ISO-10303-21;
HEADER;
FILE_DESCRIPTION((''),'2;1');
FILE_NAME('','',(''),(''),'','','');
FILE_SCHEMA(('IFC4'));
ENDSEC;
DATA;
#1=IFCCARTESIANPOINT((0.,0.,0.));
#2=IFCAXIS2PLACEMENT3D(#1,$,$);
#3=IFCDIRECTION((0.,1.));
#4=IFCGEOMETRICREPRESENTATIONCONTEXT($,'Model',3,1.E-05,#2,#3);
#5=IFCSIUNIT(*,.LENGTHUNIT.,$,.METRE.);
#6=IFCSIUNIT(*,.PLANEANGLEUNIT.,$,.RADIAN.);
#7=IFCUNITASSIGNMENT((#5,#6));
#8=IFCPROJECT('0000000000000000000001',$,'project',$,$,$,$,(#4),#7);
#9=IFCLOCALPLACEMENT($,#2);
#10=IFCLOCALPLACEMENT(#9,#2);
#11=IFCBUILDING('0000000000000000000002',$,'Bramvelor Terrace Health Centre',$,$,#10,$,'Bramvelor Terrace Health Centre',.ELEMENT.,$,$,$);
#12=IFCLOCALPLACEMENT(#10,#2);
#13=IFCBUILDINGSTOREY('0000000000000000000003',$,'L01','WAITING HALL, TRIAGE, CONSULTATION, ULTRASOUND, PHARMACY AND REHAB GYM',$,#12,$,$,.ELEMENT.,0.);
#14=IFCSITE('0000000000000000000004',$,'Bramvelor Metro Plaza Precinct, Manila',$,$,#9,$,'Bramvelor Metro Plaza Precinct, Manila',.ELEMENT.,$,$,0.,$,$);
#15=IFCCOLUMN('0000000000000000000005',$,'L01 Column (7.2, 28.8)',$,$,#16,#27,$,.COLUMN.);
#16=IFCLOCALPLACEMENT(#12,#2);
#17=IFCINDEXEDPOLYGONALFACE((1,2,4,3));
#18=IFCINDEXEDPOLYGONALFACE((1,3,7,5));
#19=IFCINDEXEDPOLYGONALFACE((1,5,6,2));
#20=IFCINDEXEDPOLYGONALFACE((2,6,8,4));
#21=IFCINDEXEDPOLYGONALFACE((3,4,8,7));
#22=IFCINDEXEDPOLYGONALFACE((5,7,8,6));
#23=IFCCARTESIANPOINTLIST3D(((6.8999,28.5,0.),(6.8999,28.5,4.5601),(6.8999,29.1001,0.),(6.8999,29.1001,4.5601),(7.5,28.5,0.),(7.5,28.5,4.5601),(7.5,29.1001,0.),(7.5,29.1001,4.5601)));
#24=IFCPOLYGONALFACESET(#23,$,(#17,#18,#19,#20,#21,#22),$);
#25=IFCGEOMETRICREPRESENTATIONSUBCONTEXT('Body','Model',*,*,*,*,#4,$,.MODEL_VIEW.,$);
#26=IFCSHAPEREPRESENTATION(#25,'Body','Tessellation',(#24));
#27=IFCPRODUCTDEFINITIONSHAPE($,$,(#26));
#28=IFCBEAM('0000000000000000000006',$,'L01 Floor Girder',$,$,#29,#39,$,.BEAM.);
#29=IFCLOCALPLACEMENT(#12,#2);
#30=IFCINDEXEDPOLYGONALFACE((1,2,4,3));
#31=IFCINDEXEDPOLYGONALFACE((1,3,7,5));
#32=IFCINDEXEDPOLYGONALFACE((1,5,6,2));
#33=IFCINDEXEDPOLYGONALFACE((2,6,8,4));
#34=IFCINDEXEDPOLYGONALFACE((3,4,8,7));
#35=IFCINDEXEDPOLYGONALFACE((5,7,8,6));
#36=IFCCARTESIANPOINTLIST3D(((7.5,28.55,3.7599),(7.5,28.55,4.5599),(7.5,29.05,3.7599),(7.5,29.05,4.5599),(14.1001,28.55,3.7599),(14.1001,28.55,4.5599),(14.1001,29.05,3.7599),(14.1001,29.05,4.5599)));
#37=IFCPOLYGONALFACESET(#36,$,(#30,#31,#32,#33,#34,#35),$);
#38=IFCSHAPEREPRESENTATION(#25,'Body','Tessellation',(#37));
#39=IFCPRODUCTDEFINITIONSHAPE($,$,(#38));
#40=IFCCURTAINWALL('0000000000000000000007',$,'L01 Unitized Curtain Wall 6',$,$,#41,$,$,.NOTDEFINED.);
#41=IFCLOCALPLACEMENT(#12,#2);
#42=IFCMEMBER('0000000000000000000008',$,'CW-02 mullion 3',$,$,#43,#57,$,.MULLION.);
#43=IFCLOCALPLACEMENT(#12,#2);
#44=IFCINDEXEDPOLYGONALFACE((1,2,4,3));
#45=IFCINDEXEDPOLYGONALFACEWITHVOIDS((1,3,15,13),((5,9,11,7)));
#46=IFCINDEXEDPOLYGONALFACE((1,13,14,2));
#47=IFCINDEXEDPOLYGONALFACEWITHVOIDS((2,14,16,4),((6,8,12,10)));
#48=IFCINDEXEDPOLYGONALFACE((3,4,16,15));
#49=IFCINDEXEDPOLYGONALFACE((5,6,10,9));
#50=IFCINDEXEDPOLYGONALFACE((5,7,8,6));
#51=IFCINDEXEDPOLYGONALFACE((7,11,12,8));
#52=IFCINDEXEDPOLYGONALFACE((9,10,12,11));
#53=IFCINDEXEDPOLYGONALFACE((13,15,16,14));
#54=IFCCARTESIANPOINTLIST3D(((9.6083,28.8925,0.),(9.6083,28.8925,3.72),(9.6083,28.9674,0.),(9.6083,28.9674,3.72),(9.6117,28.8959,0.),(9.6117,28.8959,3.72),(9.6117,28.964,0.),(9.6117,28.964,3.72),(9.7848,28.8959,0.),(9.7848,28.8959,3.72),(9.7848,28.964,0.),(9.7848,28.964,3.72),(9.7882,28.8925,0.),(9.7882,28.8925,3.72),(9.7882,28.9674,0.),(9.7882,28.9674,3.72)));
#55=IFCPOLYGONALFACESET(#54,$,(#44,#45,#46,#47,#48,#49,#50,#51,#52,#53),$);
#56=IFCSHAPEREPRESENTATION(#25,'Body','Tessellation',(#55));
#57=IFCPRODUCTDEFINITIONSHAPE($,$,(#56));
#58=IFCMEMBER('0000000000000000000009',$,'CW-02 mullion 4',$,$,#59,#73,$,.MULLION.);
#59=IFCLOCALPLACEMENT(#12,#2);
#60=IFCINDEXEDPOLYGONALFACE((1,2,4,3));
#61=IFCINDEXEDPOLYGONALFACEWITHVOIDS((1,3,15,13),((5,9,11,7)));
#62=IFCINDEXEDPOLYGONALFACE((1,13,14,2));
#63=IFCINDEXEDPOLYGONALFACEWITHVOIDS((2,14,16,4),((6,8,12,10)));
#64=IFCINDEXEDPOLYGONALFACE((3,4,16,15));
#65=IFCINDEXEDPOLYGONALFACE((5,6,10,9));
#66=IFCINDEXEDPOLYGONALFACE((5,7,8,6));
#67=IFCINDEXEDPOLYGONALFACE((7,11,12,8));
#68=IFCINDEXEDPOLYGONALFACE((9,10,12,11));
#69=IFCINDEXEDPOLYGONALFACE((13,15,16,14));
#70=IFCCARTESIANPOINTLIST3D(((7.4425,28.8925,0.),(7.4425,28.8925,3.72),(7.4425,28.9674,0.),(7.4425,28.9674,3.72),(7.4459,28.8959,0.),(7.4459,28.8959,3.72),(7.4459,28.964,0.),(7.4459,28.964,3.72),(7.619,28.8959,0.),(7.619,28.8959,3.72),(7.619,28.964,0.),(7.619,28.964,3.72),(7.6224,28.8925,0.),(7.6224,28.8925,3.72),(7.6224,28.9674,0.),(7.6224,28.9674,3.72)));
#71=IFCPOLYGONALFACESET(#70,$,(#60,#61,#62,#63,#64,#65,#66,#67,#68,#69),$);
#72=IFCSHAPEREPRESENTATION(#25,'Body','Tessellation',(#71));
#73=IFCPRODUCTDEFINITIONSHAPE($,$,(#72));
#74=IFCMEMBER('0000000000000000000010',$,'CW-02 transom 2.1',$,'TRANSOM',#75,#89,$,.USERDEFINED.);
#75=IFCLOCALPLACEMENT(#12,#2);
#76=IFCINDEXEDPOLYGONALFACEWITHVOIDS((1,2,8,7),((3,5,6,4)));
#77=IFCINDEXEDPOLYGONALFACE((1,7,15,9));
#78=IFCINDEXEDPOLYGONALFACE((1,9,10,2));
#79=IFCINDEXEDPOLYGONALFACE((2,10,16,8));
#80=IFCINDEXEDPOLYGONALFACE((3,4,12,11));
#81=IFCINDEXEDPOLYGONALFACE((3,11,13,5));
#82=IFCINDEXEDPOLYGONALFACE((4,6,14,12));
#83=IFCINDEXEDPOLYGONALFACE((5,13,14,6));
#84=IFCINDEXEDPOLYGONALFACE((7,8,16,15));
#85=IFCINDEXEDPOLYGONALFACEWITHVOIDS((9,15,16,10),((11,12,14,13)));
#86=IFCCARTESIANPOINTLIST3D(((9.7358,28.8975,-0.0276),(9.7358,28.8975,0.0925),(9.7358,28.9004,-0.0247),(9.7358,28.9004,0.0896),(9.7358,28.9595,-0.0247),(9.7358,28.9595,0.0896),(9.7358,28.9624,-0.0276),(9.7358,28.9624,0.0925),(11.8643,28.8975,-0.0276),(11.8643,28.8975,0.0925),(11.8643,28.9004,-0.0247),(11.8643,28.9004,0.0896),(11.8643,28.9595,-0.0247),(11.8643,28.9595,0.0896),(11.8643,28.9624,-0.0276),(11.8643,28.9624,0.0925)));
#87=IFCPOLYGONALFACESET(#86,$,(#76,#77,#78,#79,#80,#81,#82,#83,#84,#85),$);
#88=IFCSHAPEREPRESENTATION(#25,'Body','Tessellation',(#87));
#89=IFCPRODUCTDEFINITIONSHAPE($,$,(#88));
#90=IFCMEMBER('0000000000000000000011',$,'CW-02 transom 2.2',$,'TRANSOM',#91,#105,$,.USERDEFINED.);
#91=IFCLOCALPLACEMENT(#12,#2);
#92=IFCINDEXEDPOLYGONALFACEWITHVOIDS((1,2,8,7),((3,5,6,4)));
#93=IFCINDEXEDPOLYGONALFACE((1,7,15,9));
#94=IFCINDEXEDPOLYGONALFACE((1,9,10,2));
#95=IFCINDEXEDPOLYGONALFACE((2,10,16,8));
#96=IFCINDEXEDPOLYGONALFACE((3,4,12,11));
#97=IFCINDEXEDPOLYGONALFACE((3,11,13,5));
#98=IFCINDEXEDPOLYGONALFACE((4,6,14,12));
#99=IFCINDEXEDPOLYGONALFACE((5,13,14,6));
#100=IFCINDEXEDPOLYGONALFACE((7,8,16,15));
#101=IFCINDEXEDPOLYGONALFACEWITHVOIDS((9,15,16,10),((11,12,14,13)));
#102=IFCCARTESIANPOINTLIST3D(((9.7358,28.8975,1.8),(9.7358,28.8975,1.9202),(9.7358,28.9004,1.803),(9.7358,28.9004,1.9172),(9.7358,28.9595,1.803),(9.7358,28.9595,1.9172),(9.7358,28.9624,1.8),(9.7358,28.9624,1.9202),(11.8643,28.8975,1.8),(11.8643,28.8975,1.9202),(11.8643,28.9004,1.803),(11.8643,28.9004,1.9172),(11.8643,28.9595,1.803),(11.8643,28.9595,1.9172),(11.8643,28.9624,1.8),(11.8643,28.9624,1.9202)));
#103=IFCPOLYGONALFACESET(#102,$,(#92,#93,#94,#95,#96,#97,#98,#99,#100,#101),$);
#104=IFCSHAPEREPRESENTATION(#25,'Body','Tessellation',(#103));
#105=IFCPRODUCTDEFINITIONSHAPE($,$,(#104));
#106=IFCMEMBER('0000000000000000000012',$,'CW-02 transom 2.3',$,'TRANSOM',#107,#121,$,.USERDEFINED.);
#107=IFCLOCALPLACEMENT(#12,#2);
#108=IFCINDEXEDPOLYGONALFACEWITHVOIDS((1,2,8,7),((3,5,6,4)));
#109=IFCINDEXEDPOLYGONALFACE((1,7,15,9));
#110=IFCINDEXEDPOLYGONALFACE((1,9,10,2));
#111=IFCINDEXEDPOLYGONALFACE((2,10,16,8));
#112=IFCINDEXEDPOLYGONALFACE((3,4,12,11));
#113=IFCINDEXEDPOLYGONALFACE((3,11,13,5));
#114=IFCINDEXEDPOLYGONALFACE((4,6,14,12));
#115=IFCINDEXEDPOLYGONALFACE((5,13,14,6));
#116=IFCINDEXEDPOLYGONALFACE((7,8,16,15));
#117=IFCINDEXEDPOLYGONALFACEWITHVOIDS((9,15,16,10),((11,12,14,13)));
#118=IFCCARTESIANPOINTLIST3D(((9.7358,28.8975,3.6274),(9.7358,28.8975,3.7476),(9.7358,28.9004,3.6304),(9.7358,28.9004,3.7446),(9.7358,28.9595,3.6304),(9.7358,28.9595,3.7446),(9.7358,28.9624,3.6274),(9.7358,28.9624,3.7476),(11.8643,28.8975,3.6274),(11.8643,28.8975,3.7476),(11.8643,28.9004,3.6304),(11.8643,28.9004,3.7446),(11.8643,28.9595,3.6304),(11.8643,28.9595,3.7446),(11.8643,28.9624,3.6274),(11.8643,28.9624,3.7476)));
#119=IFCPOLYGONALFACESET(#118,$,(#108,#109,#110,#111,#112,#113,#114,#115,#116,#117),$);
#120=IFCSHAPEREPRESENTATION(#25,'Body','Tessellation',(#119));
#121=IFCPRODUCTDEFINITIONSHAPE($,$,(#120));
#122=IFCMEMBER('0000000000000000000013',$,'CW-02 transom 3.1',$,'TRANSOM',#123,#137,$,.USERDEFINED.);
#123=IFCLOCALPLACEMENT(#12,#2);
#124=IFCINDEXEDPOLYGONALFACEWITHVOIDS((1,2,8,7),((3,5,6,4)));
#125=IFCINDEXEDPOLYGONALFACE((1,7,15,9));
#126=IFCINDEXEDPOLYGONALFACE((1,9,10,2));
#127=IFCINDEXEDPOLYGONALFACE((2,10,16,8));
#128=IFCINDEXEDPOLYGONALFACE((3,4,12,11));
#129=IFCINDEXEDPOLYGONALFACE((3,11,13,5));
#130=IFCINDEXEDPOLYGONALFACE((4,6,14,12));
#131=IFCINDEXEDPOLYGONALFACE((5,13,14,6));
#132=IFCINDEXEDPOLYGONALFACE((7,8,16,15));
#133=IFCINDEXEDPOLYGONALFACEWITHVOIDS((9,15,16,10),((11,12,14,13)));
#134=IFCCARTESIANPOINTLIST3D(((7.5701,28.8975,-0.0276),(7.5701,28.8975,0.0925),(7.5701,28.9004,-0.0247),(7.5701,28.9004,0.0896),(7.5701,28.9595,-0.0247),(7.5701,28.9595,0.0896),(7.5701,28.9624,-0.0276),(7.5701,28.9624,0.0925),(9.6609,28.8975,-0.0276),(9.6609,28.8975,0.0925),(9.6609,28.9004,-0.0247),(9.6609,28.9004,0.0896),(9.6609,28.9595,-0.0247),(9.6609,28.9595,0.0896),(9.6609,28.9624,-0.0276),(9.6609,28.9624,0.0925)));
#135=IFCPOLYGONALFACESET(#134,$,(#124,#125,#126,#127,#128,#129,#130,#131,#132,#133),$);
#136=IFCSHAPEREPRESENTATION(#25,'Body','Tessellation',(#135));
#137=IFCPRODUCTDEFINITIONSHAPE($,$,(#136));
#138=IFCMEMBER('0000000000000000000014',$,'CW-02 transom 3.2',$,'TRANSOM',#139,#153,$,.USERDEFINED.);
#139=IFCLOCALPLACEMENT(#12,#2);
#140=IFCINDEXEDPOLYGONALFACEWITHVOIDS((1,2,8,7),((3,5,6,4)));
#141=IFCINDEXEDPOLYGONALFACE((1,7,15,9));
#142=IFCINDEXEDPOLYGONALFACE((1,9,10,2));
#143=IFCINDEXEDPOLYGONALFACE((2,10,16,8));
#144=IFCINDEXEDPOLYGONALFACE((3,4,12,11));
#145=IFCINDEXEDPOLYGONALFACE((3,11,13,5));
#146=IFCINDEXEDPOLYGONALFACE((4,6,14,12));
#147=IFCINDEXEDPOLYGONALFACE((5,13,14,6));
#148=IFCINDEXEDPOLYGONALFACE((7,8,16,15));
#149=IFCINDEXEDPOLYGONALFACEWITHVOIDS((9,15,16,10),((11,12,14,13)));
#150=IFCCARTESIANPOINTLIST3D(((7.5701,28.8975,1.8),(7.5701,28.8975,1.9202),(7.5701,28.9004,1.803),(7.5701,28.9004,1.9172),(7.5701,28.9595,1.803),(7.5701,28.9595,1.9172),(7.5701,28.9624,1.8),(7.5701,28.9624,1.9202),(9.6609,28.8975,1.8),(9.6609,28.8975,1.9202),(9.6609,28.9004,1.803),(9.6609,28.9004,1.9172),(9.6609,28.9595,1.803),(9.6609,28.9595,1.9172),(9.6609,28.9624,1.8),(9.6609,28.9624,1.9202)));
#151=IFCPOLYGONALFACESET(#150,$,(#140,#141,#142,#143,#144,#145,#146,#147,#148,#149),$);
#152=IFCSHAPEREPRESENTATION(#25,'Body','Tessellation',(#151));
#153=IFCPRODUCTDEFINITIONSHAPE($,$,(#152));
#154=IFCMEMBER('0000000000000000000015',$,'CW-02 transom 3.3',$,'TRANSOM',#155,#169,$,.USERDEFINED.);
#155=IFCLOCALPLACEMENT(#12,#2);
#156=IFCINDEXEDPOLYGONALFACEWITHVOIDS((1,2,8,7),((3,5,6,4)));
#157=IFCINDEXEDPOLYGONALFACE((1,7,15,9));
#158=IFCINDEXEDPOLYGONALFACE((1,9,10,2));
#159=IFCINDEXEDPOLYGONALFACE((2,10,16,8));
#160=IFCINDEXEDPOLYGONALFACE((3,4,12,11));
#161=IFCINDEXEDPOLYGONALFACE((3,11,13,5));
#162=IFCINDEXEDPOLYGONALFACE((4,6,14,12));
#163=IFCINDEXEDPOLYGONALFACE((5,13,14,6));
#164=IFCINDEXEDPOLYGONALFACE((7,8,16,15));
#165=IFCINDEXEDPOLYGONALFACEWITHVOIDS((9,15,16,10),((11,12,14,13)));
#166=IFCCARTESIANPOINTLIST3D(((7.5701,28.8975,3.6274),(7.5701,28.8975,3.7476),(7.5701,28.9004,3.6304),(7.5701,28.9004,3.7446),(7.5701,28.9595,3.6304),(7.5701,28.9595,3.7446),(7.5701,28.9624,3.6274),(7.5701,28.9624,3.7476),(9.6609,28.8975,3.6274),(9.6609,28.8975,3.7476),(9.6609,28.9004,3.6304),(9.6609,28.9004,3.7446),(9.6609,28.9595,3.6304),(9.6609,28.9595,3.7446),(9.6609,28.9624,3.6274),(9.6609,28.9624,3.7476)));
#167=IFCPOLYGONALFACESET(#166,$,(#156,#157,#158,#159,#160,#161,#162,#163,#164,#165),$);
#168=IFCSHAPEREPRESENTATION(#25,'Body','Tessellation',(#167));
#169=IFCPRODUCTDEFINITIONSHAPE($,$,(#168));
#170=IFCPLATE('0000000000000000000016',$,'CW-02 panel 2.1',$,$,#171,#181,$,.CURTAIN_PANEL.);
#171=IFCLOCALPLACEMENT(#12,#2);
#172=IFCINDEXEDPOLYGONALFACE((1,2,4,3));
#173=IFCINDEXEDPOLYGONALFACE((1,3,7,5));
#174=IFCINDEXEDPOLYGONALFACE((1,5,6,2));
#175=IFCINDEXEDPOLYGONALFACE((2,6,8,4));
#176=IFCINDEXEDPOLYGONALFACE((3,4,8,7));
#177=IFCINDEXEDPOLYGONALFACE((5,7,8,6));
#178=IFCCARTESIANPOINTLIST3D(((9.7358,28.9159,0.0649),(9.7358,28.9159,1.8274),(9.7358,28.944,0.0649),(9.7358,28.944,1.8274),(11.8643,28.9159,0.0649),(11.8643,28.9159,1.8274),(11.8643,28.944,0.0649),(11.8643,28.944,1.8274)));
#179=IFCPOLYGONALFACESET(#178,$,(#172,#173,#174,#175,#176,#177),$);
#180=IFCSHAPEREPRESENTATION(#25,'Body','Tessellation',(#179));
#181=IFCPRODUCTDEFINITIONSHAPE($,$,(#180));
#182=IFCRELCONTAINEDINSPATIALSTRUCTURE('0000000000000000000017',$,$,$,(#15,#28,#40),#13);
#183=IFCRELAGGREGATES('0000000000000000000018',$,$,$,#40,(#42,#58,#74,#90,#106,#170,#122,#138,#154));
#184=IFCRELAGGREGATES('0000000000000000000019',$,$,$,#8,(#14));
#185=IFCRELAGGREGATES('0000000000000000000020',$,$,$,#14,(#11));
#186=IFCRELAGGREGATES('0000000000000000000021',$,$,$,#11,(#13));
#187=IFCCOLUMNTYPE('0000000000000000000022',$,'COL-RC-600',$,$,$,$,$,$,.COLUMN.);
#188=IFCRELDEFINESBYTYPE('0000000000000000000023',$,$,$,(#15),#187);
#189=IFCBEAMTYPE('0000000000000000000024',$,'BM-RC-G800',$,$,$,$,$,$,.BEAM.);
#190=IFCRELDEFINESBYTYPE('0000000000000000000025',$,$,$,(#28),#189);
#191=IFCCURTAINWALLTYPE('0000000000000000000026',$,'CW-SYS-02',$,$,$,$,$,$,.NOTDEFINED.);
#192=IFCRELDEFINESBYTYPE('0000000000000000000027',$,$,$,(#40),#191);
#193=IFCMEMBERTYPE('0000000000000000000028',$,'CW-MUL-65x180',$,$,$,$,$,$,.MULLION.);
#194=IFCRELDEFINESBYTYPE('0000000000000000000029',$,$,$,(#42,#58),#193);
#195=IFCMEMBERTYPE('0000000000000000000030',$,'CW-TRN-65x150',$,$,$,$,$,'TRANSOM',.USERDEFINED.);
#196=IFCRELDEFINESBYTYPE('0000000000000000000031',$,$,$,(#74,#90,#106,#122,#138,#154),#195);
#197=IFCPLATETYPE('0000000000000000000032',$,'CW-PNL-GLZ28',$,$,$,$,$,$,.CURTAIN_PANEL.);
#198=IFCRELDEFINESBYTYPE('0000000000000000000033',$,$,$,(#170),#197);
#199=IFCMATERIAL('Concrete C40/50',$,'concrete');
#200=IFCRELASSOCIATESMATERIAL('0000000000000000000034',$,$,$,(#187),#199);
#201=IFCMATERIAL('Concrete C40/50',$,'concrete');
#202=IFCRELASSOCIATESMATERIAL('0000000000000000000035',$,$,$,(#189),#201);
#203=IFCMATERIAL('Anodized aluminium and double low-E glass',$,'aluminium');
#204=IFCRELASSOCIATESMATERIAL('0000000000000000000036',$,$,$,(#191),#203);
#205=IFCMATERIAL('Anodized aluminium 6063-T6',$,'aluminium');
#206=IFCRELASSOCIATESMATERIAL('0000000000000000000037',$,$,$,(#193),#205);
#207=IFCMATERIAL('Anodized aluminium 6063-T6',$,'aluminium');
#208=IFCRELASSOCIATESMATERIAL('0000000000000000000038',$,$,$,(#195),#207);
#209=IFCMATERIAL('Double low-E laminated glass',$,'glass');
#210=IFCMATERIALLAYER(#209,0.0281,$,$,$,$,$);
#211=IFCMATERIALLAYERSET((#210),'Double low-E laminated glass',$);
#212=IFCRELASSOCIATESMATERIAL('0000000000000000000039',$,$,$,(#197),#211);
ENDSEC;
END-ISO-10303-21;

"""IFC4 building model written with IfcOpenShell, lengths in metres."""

from ifc_helpers import new_model, si_unit, direction, frame, origin, origin_2d, place, context, subcontext, project, spatial, rectangle, hollow_rectangle, extrude, material, layer, layer_set, material_profile, profile_set, type_object, element, aggregate, save


model = new_model("IFC4")

# Units and contexts
model_context = context("Model", 3, precision=1e-05, world=origin(), true_north=direction((0.0, 1.0)))
body_context = subcontext(model_context, "Body", "Model", "MODEL_VIEW")
ifc_project = project(units=[si_unit("LENGTHUNIT", "METRE"), si_unit("PLANEANGLEUNIT", "RADIAN")], contexts=[model_context])

# Site, building, storey
site_placement = place(None, origin())
site = spatial("IfcSite", under=ifc_project, at=site_placement, Name="Bramvelor Metro Plaza Precinct, Manila", LongName="Bramvelor Metro Plaza Precinct, Manila", CompositionType="ELEMENT", RefElevation=0.0)
building_placement = place(site_placement, origin())
building = spatial("IfcBuilding", under=site, at=building_placement, Name="Bramvelor Terrace Health Centre", LongName="Bramvelor Terrace Health Centre", CompositionType="ELEMENT")
storey_placement = place(building_placement, origin())
storey = spatial("IfcBuildingStorey", under=building, at=storey_placement, Name="L01", Description="WAITING HALL, TRIAGE, CONSULTATION, ULTRASOUND, PHARMACY AND REHAB GYM", CompositionType="ELEMENT", Elevation=0.0)

# Column
ifc_material_1 = material(Name="Concrete C40/50", Category="concrete")
ifc_material_profile_1 = material_profile(ifc_material_1, rectangle(XDim=0.6001, YDim=0.6001, at=origin_2d()), Name="RC 600x600")
ifc_profile_set_1 = profile_set([ifc_material_profile_1], Name="Concrete C40/50")
column_type = type_object("IfcColumnType", Name="COL-RC-600", PredefinedType="COLUMN", material=ifc_profile_set_1)
column_placement = place(storey_placement, frame((7.2, 28.8, 0.0), z_axis=(0.0, 0.0, 1.0), x_axis=(1.0, 0.0, 0.0)))
element("IfcColumn", 1, at=column_placement, inside=storey, type_object=column_type, Name="L01 Column (7.2, 28.8)", PredefinedType="COLUMN", context=body_context, shape_type="SweptSolid", body=[
    extrude(rectangle(XDim=0.6001, YDim=0.6001, at=origin_2d()), origin(), (0.0, 0.0, 1.0), 4.5601),
])

# Beam
ifc_material_2 = material(Name="Concrete C40/50", Category="concrete")
ifc_material_profile_2 = material_profile(ifc_material_2, rectangle(XDim=0.5, YDim=0.8, at=origin_2d()), Name="RC 500x800")
ifc_profile_set_2 = profile_set([ifc_material_profile_2], Name="Concrete C40/50")
beam_type = type_object("IfcBeamType", Name="BM-RC-G800", PredefinedType="BEAM", material=ifc_profile_set_2)
beam_placement = place(storey_placement, frame((7.5, 28.8, 4.1599), z_axis=(1.0, 0.0, 0.0), x_axis=(0.0, 1.0, 0.0)))
element("IfcBeam", 2, at=beam_placement, inside=storey, type_object=beam_type, Name="L01 Floor Girder", PredefinedType="BEAM", context=body_context, shape_type="SweptSolid", body=[
    extrude(rectangle(XDim=0.5, YDim=0.8, at=origin_2d()), origin(), (0.0, 0.0, 1.0), 6.6001),
])

# Curtain wall, members, plate
ifc_material_3 = material(Name="Anodized aluminium and double low-E glass", Category="aluminium")
curtain_wall_type = type_object("IfcCurtainWallType", Name="CW-SYS-02", PredefinedType="NOTDEFINED", material=ifc_material_3)
curtain_wall_placement = place(storey_placement, origin())
curtain_wall = element("IfcCurtainWall", 3, at=curtain_wall_placement, inside=storey, type_object=curtain_wall_type, Name="L01 Unitized Curtain Wall 6", PredefinedType="NOTDEFINED")
ifc_material_4 = material(Name="Anodized aluminium 6063-T6", Category="aluminium")
ifc_material_profile_3 = material_profile(ifc_material_4, hollow_rectangle(XDim=0.075, YDim=0.1799, WallThickness=0.0034, at=origin_2d()), Name="ALU-MUL 75x180x3.5")
ifc_profile_set_3 = profile_set([ifc_material_profile_3], Name="Anodized aluminium 6063-T6")
member_type_1 = type_object("IfcMemberType", Name="CW-MUL-65x180", PredefinedType="MULLION", material=ifc_profile_set_3)
member_1_placement = place(storey_placement, frame((9.6982, 28.9299, 0.0), z_axis=(0.0, 0.0, 1.0), x_axis=(0.0, -1.0, 0.0)))
member_1 = element("IfcMember", 4, at=member_1_placement, type_object=member_type_1, Name="CW-02 mullion 3", PredefinedType="MULLION", context=body_context, shape_type="SweptSolid", body=[
    extrude(hollow_rectangle(XDim=0.075, YDim=0.1799, WallThickness=0.0034, at=origin_2d()), origin(), (0.0, 0.0, 1.0), 3.72),
])
member_2_placement = place(storey_placement, frame((7.5325, 28.9299, 0.0), z_axis=(0.0, 0.0, 1.0), x_axis=(0.0, -1.0, 0.0)))
member_2 = element("IfcMember", 5, at=member_2_placement, type_object=member_type_1, Name="CW-02 mullion 4", PredefinedType="MULLION", context=body_context, shape_type="SweptSolid", body=[
    extrude(hollow_rectangle(XDim=0.075, YDim=0.1799, WallThickness=0.0034, at=origin_2d()), origin(), (0.0, 0.0, 1.0), 3.72),
])
ifc_material_5 = material(Name="Anodized aluminium 6063-T6", Category="aluminium")
ifc_material_profile_4 = material_profile(ifc_material_5, hollow_rectangle(XDim=0.0649, YDim=0.1201, WallThickness=0.0029, at=origin_2d()), Name="ALU-TRN 65x120x3.0")
ifc_profile_set_4 = profile_set([ifc_material_profile_4], Name="Anodized aluminium 6063-T6")
member_type_2 = type_object("IfcMemberType", Name="CW-TRN-65x150", ElementType="TRANSOM", PredefinedType="USERDEFINED", material=ifc_profile_set_4)
member_3_placement = place(storey_placement, frame((11.8643, 28.9299, 0.0325), z_axis=(-1.0, 0.0, 0.0), x_axis=(0.0, -1.0, 0.0)))
member_3 = element("IfcMember", 6, at=member_3_placement, type_object=member_type_2, Name="CW-02 transom 2.1", ObjectType="TRANSOM", PredefinedType="USERDEFINED", context=body_context, shape_type="SweptSolid", body=[
    extrude(hollow_rectangle(XDim=0.0649, YDim=0.1201, WallThickness=0.0029, at=origin_2d()), origin(), (0.0, 0.0, 1.0), 2.1284),
])
member_4_placement = place(storey_placement, frame((11.8643, 28.9299, 1.8601), z_axis=(-1.0, 0.0, 0.0), x_axis=(0.0, -1.0, 0.0)))
member_4 = element("IfcMember", 7, at=member_4_placement, type_object=member_type_2, Name="CW-02 transom 2.2", ObjectType="TRANSOM", PredefinedType="USERDEFINED", context=body_context, shape_type="SweptSolid", body=[
    extrude(hollow_rectangle(XDim=0.0649, YDim=0.1201, WallThickness=0.0029, at=origin_2d()), origin(), (0.0, 0.0, 1.0), 2.1284),
])
member_5_placement = place(storey_placement, frame((11.8643, 28.9299, 3.6875), z_axis=(-1.0, 0.0, 0.0), x_axis=(0.0, -1.0, 0.0)))
member_5 = element("IfcMember", 8, at=member_5_placement, type_object=member_type_2, Name="CW-02 transom 2.3", ObjectType="TRANSOM", PredefinedType="USERDEFINED", context=body_context, shape_type="SweptSolid", body=[
    extrude(hollow_rectangle(XDim=0.0649, YDim=0.1201, WallThickness=0.0029, at=origin_2d()), origin(), (0.0, 0.0, 1.0), 2.1284),
])
member_6_placement = place(storey_placement, frame((9.6609, 28.9299, 0.0325), z_axis=(-1.0, 0.0, 0.0), x_axis=(0.0, -1.0, 0.0)))
member_6 = element("IfcMember", 9, at=member_6_placement, type_object=member_type_2, Name="CW-02 transom 3.1", ObjectType="TRANSOM", PredefinedType="USERDEFINED", context=body_context, shape_type="SweptSolid", body=[
    extrude(hollow_rectangle(XDim=0.0649, YDim=0.1201, WallThickness=0.0029, at=origin_2d()), origin(), (0.0, 0.0, 1.0), 2.0908),
])
member_7_placement = place(storey_placement, frame((9.6609, 28.9299, 1.8601), z_axis=(-1.0, 0.0, 0.0), x_axis=(0.0, -1.0, 0.0)))
member_7 = element("IfcMember", 10, at=member_7_placement, type_object=member_type_2, Name="CW-02 transom 3.2", ObjectType="TRANSOM", PredefinedType="USERDEFINED", context=body_context, shape_type="SweptSolid", body=[
    extrude(hollow_rectangle(XDim=0.0649, YDim=0.1201, WallThickness=0.0029, at=origin_2d()), origin(), (0.0, 0.0, 1.0), 2.0908),
])
member_8_placement = place(storey_placement, frame((9.6609, 28.9299, 3.6875), z_axis=(-1.0, 0.0, 0.0), x_axis=(0.0, -1.0, 0.0)))
member_8 = element("IfcMember", 11, at=member_8_placement, type_object=member_type_2, Name="CW-02 transom 3.3", ObjectType="TRANSOM", PredefinedType="USERDEFINED", context=body_context, shape_type="SweptSolid", body=[
    extrude(hollow_rectangle(XDim=0.0649, YDim=0.1201, WallThickness=0.0029, at=origin_2d()), origin(), (0.0, 0.0, 1.0), 2.0908),
])
ifc_material_6 = material(Name="Double low-E laminated glass", Category="glass")
ifc_layer_1 = layer(ifc_material_6, 0.0281)
ifc_layer_set_1 = layer_set([ifc_layer_1], Name="Double low-E laminated glass")
plate_type = type_object("IfcPlateType", Name="CW-PNL-GLZ28", PredefinedType="CURTAIN_PANEL", material=ifc_layer_set_1)
plate_1_placement = place(storey_placement, frame((10.8, 28.9299, 0.0649), z_axis=(0.0, 0.0, 1.0), x_axis=(-1.0, 0.0, 0.0)))
plate_1 = element("IfcPlate", 12, at=plate_1_placement, type_object=plate_type, Name="CW-02 panel 2.1", PredefinedType="CURTAIN_PANEL", context=body_context, shape_type="SweptSolid", body=[
    extrude(rectangle(XDim=2.1284, YDim=0.0281, at=origin_2d()), origin(), (0.0, 0.0, 1.0), 1.7625),
])
aggregate(curtain_wall, [member_1, member_2, member_3, member_4, member_5, plate_1, member_6, member_7, member_8])

save(model, "model.ifc")
